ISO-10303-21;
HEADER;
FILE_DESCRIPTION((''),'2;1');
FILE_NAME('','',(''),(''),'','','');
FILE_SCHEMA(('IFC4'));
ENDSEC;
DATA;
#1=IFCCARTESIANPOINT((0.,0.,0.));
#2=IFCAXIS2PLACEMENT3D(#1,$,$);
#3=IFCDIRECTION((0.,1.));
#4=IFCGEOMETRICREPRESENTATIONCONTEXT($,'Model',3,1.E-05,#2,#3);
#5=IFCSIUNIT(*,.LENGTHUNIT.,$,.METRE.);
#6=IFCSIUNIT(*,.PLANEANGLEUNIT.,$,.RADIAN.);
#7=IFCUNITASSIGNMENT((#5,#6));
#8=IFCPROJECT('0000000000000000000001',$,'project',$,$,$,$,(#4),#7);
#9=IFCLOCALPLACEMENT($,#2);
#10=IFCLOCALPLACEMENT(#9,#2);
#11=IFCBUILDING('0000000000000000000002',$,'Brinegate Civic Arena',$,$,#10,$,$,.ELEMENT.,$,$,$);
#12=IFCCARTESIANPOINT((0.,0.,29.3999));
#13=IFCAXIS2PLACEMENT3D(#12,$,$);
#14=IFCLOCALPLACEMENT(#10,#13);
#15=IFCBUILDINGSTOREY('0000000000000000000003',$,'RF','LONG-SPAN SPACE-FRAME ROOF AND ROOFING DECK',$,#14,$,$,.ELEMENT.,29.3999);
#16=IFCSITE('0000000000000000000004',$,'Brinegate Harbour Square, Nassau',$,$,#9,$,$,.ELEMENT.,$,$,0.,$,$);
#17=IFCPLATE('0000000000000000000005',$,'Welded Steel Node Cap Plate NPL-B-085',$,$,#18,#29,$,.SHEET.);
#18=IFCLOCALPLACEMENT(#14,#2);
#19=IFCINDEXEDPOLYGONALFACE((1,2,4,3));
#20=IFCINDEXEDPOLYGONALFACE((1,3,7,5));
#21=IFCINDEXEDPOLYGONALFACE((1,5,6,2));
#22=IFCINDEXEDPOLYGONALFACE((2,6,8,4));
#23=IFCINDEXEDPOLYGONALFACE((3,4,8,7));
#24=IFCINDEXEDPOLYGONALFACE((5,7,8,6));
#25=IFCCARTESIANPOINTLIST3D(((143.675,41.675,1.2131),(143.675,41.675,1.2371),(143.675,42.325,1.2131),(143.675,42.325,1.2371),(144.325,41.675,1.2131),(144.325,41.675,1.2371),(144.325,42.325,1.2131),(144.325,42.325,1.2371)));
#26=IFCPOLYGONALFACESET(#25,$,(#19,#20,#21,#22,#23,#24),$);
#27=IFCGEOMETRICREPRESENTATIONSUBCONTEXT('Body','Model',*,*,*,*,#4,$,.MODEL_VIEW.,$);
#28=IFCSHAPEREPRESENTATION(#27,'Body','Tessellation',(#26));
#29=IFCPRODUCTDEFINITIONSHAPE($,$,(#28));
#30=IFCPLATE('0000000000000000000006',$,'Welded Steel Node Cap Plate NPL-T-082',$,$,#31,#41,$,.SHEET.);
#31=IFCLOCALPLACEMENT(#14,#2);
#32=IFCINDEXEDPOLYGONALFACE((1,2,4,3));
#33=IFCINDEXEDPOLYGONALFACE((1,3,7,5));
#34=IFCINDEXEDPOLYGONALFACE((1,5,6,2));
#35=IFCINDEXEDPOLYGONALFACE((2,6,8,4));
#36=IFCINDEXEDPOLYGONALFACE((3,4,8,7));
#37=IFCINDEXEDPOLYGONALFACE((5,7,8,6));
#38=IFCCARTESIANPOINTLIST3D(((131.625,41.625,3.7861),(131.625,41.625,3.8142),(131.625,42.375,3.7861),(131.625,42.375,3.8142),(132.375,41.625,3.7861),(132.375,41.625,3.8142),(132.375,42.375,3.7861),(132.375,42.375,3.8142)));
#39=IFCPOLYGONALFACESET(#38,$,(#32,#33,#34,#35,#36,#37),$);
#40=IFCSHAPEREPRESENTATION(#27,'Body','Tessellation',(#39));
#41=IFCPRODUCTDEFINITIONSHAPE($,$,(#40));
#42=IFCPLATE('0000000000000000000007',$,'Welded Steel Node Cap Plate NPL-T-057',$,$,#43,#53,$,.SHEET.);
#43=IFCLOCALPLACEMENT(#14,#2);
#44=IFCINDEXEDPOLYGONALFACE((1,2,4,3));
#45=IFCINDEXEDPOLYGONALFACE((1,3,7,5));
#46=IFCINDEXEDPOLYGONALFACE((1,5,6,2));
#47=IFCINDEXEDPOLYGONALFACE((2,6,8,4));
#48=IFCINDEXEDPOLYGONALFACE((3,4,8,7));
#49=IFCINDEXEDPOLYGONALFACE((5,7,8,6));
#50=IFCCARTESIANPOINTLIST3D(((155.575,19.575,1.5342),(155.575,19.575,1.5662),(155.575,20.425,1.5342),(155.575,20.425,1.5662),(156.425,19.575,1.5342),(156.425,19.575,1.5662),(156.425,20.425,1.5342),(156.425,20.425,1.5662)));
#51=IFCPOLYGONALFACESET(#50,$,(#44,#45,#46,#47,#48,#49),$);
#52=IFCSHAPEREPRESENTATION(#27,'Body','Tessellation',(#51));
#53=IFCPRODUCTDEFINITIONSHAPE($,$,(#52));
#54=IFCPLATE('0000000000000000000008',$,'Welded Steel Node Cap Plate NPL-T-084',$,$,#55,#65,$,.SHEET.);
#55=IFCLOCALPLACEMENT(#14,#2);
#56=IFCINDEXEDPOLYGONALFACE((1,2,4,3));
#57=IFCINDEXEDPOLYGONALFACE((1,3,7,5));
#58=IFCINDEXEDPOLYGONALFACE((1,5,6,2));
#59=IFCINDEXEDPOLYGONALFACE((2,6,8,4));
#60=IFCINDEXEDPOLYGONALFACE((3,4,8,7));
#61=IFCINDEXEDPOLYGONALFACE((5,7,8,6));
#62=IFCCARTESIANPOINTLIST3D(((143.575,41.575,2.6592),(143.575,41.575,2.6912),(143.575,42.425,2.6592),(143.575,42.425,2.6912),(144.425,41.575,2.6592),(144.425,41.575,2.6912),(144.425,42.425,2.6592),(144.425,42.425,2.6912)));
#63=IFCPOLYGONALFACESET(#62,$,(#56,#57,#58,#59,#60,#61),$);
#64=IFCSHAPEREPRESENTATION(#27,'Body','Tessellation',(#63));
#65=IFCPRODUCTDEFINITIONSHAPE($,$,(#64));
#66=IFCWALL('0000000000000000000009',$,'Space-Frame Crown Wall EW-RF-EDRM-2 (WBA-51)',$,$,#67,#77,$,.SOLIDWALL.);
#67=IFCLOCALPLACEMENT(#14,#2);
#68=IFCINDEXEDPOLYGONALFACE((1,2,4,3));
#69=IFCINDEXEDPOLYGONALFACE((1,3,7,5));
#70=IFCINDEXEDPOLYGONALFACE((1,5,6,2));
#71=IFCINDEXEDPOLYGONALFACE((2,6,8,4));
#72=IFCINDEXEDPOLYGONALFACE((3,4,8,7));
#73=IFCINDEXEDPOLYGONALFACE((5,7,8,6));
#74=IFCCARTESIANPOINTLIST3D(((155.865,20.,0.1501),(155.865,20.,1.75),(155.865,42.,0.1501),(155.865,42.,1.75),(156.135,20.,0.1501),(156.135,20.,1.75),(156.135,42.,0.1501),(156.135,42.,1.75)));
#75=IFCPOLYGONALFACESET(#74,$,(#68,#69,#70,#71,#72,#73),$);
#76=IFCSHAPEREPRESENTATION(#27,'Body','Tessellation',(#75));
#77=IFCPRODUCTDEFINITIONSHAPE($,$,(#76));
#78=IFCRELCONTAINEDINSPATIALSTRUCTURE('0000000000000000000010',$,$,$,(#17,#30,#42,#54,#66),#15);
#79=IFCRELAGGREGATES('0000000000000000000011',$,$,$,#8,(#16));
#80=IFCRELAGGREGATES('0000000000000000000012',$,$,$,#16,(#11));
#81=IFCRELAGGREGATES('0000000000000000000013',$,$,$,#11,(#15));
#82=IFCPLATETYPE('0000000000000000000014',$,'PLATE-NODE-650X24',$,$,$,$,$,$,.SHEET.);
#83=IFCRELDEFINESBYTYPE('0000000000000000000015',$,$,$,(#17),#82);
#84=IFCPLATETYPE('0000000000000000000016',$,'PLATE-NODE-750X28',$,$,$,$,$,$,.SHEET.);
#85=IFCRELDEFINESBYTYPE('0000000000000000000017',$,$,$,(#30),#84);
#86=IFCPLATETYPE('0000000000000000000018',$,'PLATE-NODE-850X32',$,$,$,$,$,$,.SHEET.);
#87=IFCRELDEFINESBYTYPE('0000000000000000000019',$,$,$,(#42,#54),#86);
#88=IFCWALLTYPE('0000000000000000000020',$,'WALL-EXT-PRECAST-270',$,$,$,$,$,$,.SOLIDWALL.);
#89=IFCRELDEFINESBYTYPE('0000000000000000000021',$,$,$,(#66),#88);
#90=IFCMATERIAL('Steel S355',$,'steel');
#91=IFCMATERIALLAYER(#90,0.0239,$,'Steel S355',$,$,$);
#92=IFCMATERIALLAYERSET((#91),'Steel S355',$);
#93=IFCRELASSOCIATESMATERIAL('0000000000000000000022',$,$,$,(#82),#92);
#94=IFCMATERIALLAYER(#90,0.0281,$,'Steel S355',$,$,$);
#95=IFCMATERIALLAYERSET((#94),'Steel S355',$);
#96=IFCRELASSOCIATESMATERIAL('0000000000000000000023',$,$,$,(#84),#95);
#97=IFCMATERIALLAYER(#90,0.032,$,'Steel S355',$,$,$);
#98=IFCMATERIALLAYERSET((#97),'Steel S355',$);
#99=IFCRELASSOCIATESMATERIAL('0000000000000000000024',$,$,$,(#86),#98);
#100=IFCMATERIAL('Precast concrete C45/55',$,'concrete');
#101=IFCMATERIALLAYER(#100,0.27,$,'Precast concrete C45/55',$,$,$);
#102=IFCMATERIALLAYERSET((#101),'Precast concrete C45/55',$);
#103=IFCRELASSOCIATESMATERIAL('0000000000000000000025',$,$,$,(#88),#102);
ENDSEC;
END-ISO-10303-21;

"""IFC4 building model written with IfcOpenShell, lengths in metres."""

from ifc_helpers import new_model, si_unit, direction, frame, frame_2d, origin, origin_2d, place, context, subcontext, project, spatial, rectangle, extrude, material, layer, layer_set, type_object, element, save


model = new_model("IFC4")

# Units and contexts
model_context = context("Model", 3, precision=1e-05, world=origin(), true_north=direction((0.0, 1.0)))
body_context = subcontext(model_context, "Body", "Model", "MODEL_VIEW")
ifc_project = project(units=[si_unit("LENGTHUNIT", "METRE"), si_unit("PLANEANGLEUNIT", "RADIAN")], contexts=[model_context])

# Site, building, storey
site_placement = place(None, origin())
site = spatial("IfcSite", under=ifc_project, at=site_placement, Name="Brinegate Harbour Square, Nassau", CompositionType="ELEMENT", RefElevation=0.0)
building_placement = place(site_placement, origin())
building = spatial("IfcBuilding", under=site, at=building_placement, Name="Brinegate Civic Arena", CompositionType="ELEMENT")
storey_placement = place(building_placement, frame((0.0, 0.0, 29.3999)))
storey = spatial("IfcBuildingStorey", under=building, at=storey_placement, Name="RF", Description="LONG-SPAN SPACE-FRAME ROOF AND ROOFING DECK", CompositionType="ELEMENT", Elevation=29.3999)

# Shared definitions
ifc_material_1 = material(Name="Steel S355", Category="steel")

# Plates
ifc_layer_1 = layer(ifc_material_1, 0.0239, Name="Steel S355")
ifc_layer_set_1 = layer_set([ifc_layer_1], Name="Steel S355")
plate_type_1 = type_object("IfcPlateType", Name="PLATE-NODE-650X24", PredefinedType="SHEET", material=ifc_layer_set_1)
for number, where, z_axis, x_axis, name in (
    (1, (144.0, 42.0, 1.2131), (0.0, 0.0, 1.0), (1.0, 0.0, 0.0), "Welded Steel Node Cap Plate NPL-B-085"),
):
    element("IfcPlate", number, at=place(storey_placement, frame(where, z_axis=z_axis, x_axis=x_axis)), inside=storey, type_object=plate_type_1, Name=name, PredefinedType="SHEET", context=body_context, shape_type="SweptSolid", body=[
        extrude(rectangle(XDim=0.6499, YDim=0.6499, at=origin_2d()), origin(), (0.0, 0.0, 1.0), 0.0239),
    ])
ifc_layer_2 = layer(ifc_material_1, 0.0281, Name="Steel S355")
ifc_layer_set_2 = layer_set([ifc_layer_2], Name="Steel S355")
plate_type_2 = type_object("IfcPlateType", Name="PLATE-NODE-750X28", PredefinedType="SHEET", material=ifc_layer_set_2)
plate_placement = place(storey_placement, frame((132.0, 42.0, 3.7861), z_axis=(0.0, 0.0, 1.0), x_axis=(1.0, 0.0, 0.0)))
element("IfcPlate", 2, at=plate_placement, inside=storey, type_object=plate_type_2, Name="Welded Steel Node Cap Plate NPL-T-082", PredefinedType="SHEET", context=body_context, shape_type="SweptSolid", body=[
    extrude(rectangle(XDim=0.75, YDim=0.75, at=origin_2d()), origin(), (0.0, 0.0, 1.0), 0.0281),
])
ifc_layer_3 = layer(ifc_material_1, 0.032, Name="Steel S355")
ifc_layer_set_3 = layer_set([ifc_layer_3], Name="Steel S355")
plate_type_3 = type_object("IfcPlateType", Name="PLATE-NODE-850X32", PredefinedType="SHEET", material=ifc_layer_set_3)
for number, where, z_axis, x_axis, name in (
    (3, (156.0, 20.0, 1.5342), (0.0, 0.0, 1.0), (1.0, 0.0, 0.0), "Welded Steel Node Cap Plate NPL-T-057"),
    (4, (144.0, 42.0, 2.6592), (0.0, 0.0, 1.0), (1.0, 0.0, 0.0), "Welded Steel Node Cap Plate NPL-T-084"),
):
    element("IfcPlate", number, at=place(storey_placement, frame(where, z_axis=z_axis, x_axis=x_axis)), inside=storey, type_object=plate_type_3, Name=name, PredefinedType="SHEET", context=body_context, shape_type="SweptSolid", body=[
        extrude(rectangle(XDim=0.8501, YDim=0.8501, at=origin_2d()), origin(), (0.0, 0.0, 1.0), 0.032),
    ])

# Wall
ifc_material_2 = material(Name="Precast concrete C45/55", Category="concrete")
ifc_layer_4 = layer(ifc_material_2, 0.27, Name="Precast concrete C45/55")
ifc_layer_set_4 = layer_set([ifc_layer_4], Name="Precast concrete C45/55")
wall_type = type_object("IfcWallType", Name="WALL-EXT-PRECAST-270", PredefinedType="SOLIDWALL", material=ifc_layer_set_4)
wall_placement = place(storey_placement, frame((156.0, 20.0, 0.1501), z_axis=(0.0, 0.0, 1.0), x_axis=(0.0, 1.0, 0.0)))
element("IfcWall", 5, at=wall_placement, inside=storey, type_object=wall_type, Name="Space-Frame Crown Wall EW-RF-EDRM-2 (WBA-51)", PredefinedType="SOLIDWALL", context=body_context, shape_type="SweptSolid", body=[
    extrude(rectangle(XDim=22.0, YDim=0.27, at=frame_2d((11.0, 0.0))), origin(), (0.0, 0.0, 1.0), 1.5999),
])

save(model, "model.ifc")
